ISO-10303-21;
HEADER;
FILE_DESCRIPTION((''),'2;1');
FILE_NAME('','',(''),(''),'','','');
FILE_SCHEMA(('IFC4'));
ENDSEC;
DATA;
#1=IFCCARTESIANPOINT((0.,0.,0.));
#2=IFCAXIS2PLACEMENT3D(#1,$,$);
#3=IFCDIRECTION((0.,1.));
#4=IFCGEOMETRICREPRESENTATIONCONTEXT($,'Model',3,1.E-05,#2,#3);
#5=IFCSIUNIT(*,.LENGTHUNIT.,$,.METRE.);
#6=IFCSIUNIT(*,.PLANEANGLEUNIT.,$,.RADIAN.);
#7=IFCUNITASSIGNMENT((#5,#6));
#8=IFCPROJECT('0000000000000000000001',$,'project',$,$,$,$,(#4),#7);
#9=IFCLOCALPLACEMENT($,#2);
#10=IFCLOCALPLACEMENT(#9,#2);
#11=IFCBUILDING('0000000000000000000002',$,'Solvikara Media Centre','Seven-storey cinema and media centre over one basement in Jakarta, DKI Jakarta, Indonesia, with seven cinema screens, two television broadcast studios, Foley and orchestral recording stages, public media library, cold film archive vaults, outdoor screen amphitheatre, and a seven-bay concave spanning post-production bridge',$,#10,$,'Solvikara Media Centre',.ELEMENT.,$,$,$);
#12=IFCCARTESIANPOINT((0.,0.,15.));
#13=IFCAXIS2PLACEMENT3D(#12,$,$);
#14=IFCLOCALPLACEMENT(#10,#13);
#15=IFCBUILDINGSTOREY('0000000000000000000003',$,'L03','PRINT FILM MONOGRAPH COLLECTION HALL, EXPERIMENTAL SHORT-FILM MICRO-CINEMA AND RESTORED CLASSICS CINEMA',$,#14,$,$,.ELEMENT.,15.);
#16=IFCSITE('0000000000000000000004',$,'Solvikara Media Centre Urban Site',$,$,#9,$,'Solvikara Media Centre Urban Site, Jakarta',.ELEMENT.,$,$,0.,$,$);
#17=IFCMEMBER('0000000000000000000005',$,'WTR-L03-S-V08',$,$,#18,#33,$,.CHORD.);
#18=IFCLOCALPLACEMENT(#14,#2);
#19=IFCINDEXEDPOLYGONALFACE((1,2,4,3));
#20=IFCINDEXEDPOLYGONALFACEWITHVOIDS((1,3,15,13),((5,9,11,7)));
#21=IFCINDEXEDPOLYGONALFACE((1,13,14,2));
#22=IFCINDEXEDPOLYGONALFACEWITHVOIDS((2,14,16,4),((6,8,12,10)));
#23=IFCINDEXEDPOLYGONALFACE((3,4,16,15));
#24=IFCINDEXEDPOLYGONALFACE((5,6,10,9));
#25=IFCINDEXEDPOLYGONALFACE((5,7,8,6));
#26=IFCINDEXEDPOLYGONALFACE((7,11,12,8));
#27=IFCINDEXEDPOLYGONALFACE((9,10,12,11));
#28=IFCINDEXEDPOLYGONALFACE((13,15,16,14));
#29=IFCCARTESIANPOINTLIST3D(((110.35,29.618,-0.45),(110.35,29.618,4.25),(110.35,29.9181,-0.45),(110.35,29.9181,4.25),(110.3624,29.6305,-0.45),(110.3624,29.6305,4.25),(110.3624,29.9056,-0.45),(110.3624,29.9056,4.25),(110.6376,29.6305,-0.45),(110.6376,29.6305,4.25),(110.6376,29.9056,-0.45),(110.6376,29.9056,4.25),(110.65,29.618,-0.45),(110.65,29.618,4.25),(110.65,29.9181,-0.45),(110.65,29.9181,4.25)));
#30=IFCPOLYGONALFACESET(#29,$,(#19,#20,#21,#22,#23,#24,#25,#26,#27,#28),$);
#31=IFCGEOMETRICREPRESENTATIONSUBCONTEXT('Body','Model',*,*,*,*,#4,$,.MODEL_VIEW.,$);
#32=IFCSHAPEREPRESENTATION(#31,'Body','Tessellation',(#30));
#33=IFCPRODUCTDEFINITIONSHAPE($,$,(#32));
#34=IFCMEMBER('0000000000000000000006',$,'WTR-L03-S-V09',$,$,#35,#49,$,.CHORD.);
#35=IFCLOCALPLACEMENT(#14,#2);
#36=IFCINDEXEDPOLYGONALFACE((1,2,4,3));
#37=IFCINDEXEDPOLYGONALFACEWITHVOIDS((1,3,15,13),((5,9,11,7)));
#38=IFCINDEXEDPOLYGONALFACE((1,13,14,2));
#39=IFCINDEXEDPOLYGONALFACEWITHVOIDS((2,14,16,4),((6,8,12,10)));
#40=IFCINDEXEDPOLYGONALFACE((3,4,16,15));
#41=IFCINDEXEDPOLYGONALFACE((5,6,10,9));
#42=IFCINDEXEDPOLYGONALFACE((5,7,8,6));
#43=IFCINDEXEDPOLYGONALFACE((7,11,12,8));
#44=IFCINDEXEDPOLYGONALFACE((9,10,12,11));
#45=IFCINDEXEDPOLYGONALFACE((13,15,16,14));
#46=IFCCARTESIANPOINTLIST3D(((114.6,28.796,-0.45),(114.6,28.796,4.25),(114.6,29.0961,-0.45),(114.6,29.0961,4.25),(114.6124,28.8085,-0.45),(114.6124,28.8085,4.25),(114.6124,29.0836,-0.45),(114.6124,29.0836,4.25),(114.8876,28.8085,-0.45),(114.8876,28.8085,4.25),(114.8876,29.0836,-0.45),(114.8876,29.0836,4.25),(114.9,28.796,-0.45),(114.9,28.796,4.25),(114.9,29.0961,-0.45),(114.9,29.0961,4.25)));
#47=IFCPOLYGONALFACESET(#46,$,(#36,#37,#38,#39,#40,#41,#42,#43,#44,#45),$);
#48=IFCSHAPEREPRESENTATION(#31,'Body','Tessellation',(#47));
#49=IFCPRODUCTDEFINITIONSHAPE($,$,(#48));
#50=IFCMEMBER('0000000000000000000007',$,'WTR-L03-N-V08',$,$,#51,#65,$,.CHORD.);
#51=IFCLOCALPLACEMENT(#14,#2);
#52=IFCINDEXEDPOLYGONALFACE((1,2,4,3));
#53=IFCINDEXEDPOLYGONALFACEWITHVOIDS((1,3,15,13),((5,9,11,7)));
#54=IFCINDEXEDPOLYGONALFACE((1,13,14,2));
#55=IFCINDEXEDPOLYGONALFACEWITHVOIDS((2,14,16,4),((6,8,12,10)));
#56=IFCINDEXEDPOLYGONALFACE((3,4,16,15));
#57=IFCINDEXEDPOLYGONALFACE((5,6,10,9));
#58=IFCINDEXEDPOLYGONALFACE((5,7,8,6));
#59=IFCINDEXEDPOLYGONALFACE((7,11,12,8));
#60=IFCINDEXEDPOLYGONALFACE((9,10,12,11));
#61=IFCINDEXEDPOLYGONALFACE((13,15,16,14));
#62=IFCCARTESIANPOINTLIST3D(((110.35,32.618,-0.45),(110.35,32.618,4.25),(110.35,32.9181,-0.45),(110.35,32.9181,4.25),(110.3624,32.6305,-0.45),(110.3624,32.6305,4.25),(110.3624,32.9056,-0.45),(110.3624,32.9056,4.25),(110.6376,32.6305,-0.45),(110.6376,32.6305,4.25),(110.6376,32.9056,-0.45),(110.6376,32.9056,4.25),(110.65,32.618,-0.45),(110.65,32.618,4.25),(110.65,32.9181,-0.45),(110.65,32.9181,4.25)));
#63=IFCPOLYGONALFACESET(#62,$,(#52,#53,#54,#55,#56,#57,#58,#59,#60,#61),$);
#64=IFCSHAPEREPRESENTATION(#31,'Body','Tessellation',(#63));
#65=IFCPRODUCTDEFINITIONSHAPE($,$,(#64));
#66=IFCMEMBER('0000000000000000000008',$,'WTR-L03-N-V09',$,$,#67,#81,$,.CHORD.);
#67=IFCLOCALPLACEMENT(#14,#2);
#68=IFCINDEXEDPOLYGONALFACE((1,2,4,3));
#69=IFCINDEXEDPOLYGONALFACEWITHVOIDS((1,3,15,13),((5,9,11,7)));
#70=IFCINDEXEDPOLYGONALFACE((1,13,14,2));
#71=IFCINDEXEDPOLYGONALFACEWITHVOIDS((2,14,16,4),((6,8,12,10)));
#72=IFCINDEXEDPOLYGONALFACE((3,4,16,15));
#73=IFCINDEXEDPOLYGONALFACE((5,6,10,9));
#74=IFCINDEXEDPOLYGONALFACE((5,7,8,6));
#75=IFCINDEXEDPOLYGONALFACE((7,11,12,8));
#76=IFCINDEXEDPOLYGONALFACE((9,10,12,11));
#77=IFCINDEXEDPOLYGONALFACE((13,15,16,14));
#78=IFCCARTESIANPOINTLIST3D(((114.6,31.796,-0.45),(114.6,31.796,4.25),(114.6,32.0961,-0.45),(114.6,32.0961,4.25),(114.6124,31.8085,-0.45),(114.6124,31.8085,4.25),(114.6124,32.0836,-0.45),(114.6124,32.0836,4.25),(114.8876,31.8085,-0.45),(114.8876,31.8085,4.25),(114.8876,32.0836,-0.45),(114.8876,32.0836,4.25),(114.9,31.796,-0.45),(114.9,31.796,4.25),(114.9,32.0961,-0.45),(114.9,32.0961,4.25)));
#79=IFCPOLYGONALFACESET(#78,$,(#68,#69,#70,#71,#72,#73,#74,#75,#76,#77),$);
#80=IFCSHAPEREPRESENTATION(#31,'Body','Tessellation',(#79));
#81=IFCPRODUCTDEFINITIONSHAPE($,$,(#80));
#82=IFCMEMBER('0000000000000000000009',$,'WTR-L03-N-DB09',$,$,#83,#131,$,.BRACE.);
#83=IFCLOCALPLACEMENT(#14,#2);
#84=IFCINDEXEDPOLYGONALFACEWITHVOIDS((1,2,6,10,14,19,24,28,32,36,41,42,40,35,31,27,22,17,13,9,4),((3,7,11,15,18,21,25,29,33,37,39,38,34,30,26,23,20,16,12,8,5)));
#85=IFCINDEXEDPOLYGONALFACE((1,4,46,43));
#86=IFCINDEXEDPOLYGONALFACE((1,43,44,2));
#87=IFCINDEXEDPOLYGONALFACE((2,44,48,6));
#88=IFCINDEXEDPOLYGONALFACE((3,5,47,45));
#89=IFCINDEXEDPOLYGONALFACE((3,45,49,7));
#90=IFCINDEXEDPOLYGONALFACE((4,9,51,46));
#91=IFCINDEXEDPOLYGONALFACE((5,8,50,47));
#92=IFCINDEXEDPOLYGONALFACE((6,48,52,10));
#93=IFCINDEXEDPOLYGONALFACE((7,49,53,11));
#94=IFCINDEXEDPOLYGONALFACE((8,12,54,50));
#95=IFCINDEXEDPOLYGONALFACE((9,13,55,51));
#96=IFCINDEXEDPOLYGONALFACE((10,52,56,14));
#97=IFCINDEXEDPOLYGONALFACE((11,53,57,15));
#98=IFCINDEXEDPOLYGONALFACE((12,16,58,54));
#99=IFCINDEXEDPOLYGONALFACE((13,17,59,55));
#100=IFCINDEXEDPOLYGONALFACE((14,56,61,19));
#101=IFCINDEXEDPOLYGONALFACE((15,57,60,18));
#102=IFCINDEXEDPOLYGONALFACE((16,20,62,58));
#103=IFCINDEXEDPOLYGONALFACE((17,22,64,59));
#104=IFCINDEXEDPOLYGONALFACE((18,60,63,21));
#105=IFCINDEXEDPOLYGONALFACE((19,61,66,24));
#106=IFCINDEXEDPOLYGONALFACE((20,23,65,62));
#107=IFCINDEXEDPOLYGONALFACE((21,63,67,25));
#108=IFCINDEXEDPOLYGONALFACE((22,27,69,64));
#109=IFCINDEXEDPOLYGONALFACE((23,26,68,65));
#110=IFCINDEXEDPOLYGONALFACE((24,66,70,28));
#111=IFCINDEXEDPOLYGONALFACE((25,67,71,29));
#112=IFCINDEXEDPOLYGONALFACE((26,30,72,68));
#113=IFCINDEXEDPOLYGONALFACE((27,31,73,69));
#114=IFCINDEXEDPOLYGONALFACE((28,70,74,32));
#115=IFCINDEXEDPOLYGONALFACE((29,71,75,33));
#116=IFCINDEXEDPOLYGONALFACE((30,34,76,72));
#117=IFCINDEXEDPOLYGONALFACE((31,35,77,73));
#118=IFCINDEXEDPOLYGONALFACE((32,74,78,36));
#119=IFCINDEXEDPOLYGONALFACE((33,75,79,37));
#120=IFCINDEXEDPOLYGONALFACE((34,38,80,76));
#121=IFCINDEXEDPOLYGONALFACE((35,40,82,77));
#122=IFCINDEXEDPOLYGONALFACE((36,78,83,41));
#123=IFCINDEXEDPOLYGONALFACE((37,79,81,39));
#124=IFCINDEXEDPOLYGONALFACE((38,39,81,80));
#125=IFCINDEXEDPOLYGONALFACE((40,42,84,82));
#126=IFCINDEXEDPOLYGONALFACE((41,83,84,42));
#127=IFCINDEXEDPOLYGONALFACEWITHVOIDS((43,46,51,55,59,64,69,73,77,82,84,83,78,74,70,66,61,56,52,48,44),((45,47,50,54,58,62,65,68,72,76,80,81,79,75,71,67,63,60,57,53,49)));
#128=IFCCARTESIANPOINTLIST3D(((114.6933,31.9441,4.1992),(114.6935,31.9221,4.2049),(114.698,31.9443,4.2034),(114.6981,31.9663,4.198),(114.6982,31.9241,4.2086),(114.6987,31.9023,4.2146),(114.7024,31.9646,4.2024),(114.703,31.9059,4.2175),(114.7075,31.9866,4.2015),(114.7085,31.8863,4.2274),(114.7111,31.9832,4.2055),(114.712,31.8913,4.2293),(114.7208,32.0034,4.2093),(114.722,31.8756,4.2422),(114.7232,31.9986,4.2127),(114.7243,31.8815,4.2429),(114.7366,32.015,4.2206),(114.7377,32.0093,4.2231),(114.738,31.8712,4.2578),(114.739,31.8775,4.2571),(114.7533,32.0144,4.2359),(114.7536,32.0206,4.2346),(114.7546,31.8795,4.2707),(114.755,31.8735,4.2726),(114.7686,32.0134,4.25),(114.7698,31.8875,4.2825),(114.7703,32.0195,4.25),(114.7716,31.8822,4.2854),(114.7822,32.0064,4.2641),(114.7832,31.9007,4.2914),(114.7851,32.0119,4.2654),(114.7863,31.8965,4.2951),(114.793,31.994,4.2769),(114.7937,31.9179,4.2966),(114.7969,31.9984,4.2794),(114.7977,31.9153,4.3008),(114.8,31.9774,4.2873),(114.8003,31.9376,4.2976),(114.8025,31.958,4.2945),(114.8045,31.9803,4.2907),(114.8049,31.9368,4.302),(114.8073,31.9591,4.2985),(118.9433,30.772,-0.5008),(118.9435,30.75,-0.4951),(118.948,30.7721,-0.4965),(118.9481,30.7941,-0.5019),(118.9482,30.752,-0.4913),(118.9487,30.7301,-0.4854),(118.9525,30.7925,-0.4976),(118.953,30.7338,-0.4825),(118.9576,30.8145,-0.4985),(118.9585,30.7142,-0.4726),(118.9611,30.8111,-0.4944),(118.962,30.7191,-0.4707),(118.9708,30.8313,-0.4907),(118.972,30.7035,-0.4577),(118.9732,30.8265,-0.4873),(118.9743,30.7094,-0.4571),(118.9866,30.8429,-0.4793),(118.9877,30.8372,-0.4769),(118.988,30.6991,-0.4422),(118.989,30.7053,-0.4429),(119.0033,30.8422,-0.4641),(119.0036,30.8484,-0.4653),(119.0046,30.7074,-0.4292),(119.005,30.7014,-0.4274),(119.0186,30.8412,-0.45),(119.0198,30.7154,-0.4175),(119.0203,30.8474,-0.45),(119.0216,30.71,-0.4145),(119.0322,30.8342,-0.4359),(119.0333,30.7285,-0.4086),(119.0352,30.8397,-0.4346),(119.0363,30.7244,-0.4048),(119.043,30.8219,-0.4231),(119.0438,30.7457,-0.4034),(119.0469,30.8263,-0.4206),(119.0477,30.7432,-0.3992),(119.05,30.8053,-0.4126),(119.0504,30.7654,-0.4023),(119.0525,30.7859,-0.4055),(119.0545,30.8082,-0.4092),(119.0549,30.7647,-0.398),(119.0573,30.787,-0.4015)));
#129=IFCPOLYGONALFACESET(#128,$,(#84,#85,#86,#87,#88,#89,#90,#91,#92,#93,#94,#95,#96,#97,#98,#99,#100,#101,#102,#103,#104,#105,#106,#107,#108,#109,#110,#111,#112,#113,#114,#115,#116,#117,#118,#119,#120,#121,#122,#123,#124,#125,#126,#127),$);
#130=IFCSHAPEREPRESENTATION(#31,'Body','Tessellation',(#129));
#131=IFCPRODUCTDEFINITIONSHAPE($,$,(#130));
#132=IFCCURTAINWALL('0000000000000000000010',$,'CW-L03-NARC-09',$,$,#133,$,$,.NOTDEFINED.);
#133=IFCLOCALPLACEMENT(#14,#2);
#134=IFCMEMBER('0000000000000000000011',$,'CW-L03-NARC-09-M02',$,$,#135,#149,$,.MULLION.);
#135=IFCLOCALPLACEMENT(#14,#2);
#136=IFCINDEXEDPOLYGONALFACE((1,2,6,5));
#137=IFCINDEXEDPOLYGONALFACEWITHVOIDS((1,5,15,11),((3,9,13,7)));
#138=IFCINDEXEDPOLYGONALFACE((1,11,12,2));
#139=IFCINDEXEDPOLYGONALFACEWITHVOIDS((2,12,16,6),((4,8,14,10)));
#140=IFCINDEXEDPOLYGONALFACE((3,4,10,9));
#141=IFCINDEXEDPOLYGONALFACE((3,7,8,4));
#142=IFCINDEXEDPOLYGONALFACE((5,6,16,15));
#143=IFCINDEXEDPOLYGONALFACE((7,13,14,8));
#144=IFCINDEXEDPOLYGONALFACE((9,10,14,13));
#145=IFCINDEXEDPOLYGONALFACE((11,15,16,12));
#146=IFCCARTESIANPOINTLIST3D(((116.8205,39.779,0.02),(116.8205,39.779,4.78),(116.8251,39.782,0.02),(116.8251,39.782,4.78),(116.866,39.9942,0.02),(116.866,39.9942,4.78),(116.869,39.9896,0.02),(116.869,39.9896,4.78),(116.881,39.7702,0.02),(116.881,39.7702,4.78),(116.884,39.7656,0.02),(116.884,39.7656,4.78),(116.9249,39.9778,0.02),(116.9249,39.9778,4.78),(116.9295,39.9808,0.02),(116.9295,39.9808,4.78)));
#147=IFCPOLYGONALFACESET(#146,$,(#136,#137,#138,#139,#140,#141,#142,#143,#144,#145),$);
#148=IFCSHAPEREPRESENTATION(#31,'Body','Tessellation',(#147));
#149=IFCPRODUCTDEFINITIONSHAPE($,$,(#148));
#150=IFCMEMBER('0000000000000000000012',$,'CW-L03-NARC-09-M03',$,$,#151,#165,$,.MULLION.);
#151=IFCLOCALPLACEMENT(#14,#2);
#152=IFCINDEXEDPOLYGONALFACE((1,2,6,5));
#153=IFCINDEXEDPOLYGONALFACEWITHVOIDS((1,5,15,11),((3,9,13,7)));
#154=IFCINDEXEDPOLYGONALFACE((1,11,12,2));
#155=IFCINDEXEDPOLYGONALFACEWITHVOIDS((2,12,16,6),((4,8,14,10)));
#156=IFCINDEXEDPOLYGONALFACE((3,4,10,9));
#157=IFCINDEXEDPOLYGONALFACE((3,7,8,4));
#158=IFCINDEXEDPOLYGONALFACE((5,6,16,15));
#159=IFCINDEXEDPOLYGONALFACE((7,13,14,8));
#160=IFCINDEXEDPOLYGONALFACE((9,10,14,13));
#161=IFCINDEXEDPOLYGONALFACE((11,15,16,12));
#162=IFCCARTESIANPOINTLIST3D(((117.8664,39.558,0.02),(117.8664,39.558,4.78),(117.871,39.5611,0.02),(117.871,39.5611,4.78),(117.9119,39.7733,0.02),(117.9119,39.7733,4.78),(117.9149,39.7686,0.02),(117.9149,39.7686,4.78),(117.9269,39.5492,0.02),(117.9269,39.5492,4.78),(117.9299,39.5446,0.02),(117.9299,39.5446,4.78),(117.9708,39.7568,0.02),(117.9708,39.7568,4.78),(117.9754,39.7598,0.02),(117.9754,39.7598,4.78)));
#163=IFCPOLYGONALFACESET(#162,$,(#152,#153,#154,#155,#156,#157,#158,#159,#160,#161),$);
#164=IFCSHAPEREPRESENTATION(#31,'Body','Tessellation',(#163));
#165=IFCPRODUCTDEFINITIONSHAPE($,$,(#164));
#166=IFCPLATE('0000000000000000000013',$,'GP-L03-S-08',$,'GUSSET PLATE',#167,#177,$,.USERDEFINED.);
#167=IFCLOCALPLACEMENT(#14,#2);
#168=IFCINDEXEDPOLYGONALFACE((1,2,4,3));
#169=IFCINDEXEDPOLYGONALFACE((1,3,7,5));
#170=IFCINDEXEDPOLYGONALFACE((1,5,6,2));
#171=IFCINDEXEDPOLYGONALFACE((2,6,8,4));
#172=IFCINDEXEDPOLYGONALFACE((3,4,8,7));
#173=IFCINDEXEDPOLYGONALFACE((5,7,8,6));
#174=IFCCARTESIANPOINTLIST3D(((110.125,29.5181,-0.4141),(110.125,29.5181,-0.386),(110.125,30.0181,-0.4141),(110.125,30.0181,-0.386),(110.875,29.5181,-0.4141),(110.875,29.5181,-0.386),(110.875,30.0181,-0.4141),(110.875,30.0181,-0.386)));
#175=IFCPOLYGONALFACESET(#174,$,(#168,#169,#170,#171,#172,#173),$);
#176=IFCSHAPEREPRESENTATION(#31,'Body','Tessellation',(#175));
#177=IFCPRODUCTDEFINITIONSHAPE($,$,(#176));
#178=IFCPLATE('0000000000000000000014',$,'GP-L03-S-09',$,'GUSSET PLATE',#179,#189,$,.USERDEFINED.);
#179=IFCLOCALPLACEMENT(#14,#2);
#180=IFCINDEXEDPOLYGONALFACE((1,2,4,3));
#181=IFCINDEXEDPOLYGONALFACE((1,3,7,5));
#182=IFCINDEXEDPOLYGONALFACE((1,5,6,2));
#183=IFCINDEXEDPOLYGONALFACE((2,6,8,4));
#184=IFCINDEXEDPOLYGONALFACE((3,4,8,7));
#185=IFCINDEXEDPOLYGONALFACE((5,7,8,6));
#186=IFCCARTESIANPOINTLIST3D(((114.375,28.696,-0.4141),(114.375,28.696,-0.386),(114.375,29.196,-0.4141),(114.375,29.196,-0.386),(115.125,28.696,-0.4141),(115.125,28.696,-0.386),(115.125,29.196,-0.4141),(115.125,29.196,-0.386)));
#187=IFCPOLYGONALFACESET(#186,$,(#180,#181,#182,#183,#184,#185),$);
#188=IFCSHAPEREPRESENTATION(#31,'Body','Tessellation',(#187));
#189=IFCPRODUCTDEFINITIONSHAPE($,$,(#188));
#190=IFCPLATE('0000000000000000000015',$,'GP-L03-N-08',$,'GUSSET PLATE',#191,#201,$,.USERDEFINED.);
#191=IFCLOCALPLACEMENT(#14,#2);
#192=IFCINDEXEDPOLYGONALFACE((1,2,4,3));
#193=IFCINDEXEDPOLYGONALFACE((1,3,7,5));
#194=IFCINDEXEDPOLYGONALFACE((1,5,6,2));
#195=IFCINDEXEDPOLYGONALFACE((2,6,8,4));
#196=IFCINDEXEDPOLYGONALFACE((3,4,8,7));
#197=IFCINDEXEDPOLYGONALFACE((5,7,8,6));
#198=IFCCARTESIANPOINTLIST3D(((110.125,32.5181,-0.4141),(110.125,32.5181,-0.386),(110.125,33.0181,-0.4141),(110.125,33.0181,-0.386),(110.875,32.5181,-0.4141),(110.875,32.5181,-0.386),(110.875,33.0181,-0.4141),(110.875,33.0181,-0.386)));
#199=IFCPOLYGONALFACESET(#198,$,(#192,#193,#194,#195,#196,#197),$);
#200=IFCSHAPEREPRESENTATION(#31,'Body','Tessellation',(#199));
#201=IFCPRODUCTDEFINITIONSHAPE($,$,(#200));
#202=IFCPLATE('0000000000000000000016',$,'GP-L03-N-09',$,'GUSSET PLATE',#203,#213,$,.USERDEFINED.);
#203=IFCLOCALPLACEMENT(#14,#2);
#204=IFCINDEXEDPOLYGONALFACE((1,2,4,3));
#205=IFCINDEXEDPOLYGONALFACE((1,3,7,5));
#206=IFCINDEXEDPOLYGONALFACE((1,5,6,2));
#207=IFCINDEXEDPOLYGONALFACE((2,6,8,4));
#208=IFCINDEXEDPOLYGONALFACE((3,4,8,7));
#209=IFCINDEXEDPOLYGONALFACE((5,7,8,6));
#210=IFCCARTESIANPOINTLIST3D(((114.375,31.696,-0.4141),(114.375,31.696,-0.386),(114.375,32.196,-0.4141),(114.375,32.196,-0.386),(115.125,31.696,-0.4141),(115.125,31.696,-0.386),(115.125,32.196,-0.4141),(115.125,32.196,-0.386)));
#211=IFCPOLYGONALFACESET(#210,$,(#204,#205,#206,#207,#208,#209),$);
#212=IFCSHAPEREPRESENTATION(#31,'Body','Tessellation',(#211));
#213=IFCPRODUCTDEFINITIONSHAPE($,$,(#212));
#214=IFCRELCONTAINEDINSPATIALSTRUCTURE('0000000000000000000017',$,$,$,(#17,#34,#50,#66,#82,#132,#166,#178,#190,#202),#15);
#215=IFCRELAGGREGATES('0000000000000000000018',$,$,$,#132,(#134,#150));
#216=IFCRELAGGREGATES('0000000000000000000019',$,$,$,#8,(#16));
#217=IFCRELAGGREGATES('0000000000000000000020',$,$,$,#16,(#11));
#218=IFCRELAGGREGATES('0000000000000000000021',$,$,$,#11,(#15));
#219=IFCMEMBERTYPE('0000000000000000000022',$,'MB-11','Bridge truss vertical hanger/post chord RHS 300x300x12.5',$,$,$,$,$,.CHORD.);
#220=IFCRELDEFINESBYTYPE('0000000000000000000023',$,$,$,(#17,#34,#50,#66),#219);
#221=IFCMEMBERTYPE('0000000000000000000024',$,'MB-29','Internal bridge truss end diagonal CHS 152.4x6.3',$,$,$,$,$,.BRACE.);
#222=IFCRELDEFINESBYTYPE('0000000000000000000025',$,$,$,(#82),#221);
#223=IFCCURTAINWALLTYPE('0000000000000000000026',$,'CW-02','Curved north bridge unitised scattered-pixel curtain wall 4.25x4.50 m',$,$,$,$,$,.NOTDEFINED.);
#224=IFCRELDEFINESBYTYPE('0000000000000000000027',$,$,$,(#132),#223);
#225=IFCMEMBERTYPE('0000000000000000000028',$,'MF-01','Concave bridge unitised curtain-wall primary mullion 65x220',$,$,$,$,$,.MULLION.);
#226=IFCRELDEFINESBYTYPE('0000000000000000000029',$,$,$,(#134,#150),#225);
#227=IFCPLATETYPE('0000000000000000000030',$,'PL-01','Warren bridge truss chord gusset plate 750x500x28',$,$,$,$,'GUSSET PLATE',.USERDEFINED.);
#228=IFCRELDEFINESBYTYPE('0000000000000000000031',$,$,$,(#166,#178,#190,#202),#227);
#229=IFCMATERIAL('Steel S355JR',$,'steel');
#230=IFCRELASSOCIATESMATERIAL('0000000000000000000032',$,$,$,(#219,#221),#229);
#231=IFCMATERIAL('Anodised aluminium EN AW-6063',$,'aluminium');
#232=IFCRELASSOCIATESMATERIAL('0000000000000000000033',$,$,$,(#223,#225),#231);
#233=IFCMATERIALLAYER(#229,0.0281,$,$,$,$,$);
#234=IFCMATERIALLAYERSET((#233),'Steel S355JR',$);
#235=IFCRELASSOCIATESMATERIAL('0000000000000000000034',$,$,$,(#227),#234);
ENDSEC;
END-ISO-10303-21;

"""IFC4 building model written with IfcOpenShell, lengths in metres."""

from ifc_helpers import new_model, si_unit, direction, frame, origin, origin_2d, place, context, subcontext, project, spatial, rectangle, hollow_rectangle, hollow_circle, extrude, material, layer, layer_set, material_profile, profile_set, type_object, element, aggregate, save


model = new_model("IFC4")

# Units and contexts
model_context = context("Model", 3, precision=1e-05, world=origin(), true_north=direction((0.0, 1.0)))
body_context = subcontext(model_context, "Body", "Model", "MODEL_VIEW")
ifc_project = project(units=[si_unit("LENGTHUNIT", "METRE"), si_unit("PLANEANGLEUNIT", "RADIAN")], contexts=[model_context])

# Site, building, storey
site_placement = place(None, origin())
site = spatial("IfcSite", under=ifc_project, at=site_placement, Name="Solvikara Media Centre Urban Site", LongName="Solvikara Media Centre Urban Site, Jakarta", CompositionType="ELEMENT", RefElevation=0.0)
building_placement = place(site_placement, origin())
building = spatial("IfcBuilding", under=site, at=building_placement, Name="Solvikara Media Centre", Description="Seven-storey cinema and media centre over one basement in Jakarta, DKI Jakarta, Indonesia, with seven cinema screens, two television broadcast studios, Foley and orchestral recording stages, public media library, cold film archive vaults, outdoor screen amphitheatre, and a seven-bay concave spanning post-production bridge", LongName="Solvikara Media Centre", CompositionType="ELEMENT")
storey_placement = place(building_placement, frame((0.0, 0.0, 15.0)))
storey = spatial("IfcBuildingStorey", under=building, at=storey_placement, Name="L03", Description="PRINT FILM MONOGRAPH COLLECTION HALL, EXPERIMENTAL SHORT-FILM MICRO-CINEMA AND RESTORED CLASSICS CINEMA", CompositionType="ELEMENT", Elevation=15.0)

# Shared definitions
ifc_material_1 = material(Name="Steel S355JR", Category="steel")

# Members
ifc_material_profile_1 = material_profile(ifc_material_1, hollow_rectangle(XDim=0.3, YDim=0.3, WallThickness=0.0125, at=origin_2d()), Name="RHS 300x300x12.5")
ifc_profile_set_1 = profile_set([ifc_material_profile_1], Name="Steel S355JR")
member_type_1 = type_object("IfcMemberType", Name="MB-11", Description="Bridge truss vertical hanger/post chord RHS 300x300x12.5", PredefinedType="CHORD", material=ifc_profile_set_1)
for number, where, z_axis, x_axis, name in (
    (1, (110.5, 29.7681, -0.45), (0.0, 0.0, 1.0), (1.0, 0.0, 0.0), "WTR-L03-S-V08"),
    (2, (114.75, 28.946, -0.45), (0.0, 0.0, 1.0), (1.0, 0.0, 0.0), "WTR-L03-S-V09"),
    (3, (110.5, 32.7681, -0.45), (0.0, 0.0, 1.0), (1.0, 0.0, 0.0), "WTR-L03-N-V08"),
    (4, (114.75, 31.946, -0.45), (0.0, 0.0, 1.0), (1.0, 0.0, 0.0), "WTR-L03-N-V09"),
):
    element("IfcMember", number, at=place(storey_placement, frame(where, z_axis=z_axis, x_axis=x_axis)), inside=storey, type_object=member_type_1, Name=name, PredefinedType="CHORD", context=body_context, shape_type="SweptSolid", body=[
        extrude(hollow_rectangle(XDim=0.3, YDim=0.3, WallThickness=0.0125, at=origin_2d()), origin(), (0.0, 0.0, 1.0), 4.7),
    ])
ifc_material_profile_2 = material_profile(ifc_material_1, hollow_circle(Radius=0.0762, WallThickness=0.0063, at=origin_2d()), Name="CHS 152.4x6.3")
ifc_profile_set_2 = profile_set([ifc_material_profile_2], Name="Steel S355JR")
member_type_2 = type_object("IfcMemberType", Name="MB-29", Description="Internal bridge truss end diagonal CHS 152.4x6.3", PredefinedType="BRACE", material=ifc_profile_set_2)
member_1_placement = place(storey_placement, frame((114.75, 31.946, 4.25), z_axis=(0.659522, -0.181891, -0.729346), x_axis=(0.265867, 0.96401, 0.0)))
element("IfcMember", 5, at=member_1_placement, inside=storey, type_object=member_type_2, Name="WTR-L03-N-DB09", PredefinedType="BRACE", context=body_context, shape_type="SweptSolid", body=[
    extrude(hollow_circle(Radius=0.0762, WallThickness=0.0063, at=origin_2d()), origin(), (0.0, 0.0, 1.0), 6.4441),
])

# Curtain wall, members
ifc_material_2 = material(Name="Anodised aluminium EN AW-6063", Category="aluminium")
curtain_wall_type = type_object("IfcCurtainWallType", Name="CW-02", Description="Curved north bridge unitised scattered-pixel curtain wall 4.25x4.50 m", PredefinedType="NOTDEFINED", material=ifc_material_2)
curtain_wall_placement = place(storey_placement, origin())
curtain_wall = element("IfcCurtainWall", 6, at=curtain_wall_placement, inside=storey, type_object=curtain_wall_type, Name="CW-L03-NARC-09", PredefinedType="NOTDEFINED")
ifc_material_profile_3 = material_profile(ifc_material_2, hollow_rectangle(XDim=0.0649, YDim=0.22, WallThickness=0.0039, at=origin_2d()), Name="ALU-M 65x220x4")
ifc_profile_set_3 = profile_set([ifc_material_profile_3], Name="Anodised aluminium EN AW-6063")
member_type_3 = type_object("IfcMemberType", Name="MF-01", Description="Concave bridge unitised curtain-wall primary mullion 65x220", PredefinedType="MULLION", material=ifc_profile_set_3)
member_2_placement = place(storey_placement, frame((116.875, 39.8799, 0.02), z_axis=(0.0, 0.0, 1.0), x_axis=(0.978379, -0.206819, 0.0)))
member_2 = element("IfcMember", 7, at=member_2_placement, type_object=member_type_3, Name="CW-L03-NARC-09-M02", PredefinedType="MULLION", context=body_context, shape_type="SweptSolid", body=[
    extrude(hollow_rectangle(XDim=0.0649, YDim=0.22, WallThickness=0.0039, at=origin_2d()), origin(), (0.0, 0.0, 1.0), 4.76),
])
member_3_placement = place(storey_placement, frame((117.9209, 39.6589, 0.02), z_axis=(0.0, 0.0, 1.0), x_axis=(0.978379, -0.206819, 0.0)))
member_3 = element("IfcMember", 8, at=member_3_placement, type_object=member_type_3, Name="CW-L03-NARC-09-M03", PredefinedType="MULLION", context=body_context, shape_type="SweptSolid", body=[
    extrude(hollow_rectangle(XDim=0.0649, YDim=0.22, WallThickness=0.0039, at=origin_2d()), origin(), (0.0, 0.0, 1.0), 4.76),
])

# Plates
ifc_layer_1 = layer(ifc_material_1, 0.0281)
ifc_layer_set_1 = layer_set([ifc_layer_1], Name="Steel S355JR")
plate_type_1 = type_object("IfcPlateType", Name="PL-01", Description="Warren bridge truss chord gusset plate 750x500x28", ElementType="GUSSET PLATE", PredefinedType="USERDEFINED", material=ifc_layer_set_1)
for number, where, z_axis, x_axis, name in (
    (9, (110.5, 29.7681, -0.4141), (0.0, 0.0, 1.0), (1.0, 0.0, 0.0), "GP-L03-S-08"),
    (10, (114.75, 28.946, -0.4141), (0.0, 0.0, 1.0), (1.0, 0.0, 0.0), "GP-L03-S-09"),
    (11, (110.5, 32.7681, -0.4141), (0.0, 0.0, 1.0), (1.0, 0.0, 0.0), "GP-L03-N-08"),
    (12, (114.75, 31.946, -0.4141), (0.0, 0.0, 1.0), (1.0, 0.0, 0.0), "GP-L03-N-09"),
):
    element("IfcPlate", number, at=place(storey_placement, frame(where, z_axis=z_axis, x_axis=x_axis)), inside=storey, type_object=plate_type_1, Name=name, ObjectType="GUSSET PLATE", PredefinedType="USERDEFINED", context=body_context, shape_type="SweptSolid", body=[
        extrude(rectangle(XDim=0.75, YDim=0.5, at=origin_2d()), origin(), (0.0, 0.0, 1.0), 0.0281),
    ])

aggregate(curtain_wall, [member_2, member_3])

save(model, "model.ifc")
